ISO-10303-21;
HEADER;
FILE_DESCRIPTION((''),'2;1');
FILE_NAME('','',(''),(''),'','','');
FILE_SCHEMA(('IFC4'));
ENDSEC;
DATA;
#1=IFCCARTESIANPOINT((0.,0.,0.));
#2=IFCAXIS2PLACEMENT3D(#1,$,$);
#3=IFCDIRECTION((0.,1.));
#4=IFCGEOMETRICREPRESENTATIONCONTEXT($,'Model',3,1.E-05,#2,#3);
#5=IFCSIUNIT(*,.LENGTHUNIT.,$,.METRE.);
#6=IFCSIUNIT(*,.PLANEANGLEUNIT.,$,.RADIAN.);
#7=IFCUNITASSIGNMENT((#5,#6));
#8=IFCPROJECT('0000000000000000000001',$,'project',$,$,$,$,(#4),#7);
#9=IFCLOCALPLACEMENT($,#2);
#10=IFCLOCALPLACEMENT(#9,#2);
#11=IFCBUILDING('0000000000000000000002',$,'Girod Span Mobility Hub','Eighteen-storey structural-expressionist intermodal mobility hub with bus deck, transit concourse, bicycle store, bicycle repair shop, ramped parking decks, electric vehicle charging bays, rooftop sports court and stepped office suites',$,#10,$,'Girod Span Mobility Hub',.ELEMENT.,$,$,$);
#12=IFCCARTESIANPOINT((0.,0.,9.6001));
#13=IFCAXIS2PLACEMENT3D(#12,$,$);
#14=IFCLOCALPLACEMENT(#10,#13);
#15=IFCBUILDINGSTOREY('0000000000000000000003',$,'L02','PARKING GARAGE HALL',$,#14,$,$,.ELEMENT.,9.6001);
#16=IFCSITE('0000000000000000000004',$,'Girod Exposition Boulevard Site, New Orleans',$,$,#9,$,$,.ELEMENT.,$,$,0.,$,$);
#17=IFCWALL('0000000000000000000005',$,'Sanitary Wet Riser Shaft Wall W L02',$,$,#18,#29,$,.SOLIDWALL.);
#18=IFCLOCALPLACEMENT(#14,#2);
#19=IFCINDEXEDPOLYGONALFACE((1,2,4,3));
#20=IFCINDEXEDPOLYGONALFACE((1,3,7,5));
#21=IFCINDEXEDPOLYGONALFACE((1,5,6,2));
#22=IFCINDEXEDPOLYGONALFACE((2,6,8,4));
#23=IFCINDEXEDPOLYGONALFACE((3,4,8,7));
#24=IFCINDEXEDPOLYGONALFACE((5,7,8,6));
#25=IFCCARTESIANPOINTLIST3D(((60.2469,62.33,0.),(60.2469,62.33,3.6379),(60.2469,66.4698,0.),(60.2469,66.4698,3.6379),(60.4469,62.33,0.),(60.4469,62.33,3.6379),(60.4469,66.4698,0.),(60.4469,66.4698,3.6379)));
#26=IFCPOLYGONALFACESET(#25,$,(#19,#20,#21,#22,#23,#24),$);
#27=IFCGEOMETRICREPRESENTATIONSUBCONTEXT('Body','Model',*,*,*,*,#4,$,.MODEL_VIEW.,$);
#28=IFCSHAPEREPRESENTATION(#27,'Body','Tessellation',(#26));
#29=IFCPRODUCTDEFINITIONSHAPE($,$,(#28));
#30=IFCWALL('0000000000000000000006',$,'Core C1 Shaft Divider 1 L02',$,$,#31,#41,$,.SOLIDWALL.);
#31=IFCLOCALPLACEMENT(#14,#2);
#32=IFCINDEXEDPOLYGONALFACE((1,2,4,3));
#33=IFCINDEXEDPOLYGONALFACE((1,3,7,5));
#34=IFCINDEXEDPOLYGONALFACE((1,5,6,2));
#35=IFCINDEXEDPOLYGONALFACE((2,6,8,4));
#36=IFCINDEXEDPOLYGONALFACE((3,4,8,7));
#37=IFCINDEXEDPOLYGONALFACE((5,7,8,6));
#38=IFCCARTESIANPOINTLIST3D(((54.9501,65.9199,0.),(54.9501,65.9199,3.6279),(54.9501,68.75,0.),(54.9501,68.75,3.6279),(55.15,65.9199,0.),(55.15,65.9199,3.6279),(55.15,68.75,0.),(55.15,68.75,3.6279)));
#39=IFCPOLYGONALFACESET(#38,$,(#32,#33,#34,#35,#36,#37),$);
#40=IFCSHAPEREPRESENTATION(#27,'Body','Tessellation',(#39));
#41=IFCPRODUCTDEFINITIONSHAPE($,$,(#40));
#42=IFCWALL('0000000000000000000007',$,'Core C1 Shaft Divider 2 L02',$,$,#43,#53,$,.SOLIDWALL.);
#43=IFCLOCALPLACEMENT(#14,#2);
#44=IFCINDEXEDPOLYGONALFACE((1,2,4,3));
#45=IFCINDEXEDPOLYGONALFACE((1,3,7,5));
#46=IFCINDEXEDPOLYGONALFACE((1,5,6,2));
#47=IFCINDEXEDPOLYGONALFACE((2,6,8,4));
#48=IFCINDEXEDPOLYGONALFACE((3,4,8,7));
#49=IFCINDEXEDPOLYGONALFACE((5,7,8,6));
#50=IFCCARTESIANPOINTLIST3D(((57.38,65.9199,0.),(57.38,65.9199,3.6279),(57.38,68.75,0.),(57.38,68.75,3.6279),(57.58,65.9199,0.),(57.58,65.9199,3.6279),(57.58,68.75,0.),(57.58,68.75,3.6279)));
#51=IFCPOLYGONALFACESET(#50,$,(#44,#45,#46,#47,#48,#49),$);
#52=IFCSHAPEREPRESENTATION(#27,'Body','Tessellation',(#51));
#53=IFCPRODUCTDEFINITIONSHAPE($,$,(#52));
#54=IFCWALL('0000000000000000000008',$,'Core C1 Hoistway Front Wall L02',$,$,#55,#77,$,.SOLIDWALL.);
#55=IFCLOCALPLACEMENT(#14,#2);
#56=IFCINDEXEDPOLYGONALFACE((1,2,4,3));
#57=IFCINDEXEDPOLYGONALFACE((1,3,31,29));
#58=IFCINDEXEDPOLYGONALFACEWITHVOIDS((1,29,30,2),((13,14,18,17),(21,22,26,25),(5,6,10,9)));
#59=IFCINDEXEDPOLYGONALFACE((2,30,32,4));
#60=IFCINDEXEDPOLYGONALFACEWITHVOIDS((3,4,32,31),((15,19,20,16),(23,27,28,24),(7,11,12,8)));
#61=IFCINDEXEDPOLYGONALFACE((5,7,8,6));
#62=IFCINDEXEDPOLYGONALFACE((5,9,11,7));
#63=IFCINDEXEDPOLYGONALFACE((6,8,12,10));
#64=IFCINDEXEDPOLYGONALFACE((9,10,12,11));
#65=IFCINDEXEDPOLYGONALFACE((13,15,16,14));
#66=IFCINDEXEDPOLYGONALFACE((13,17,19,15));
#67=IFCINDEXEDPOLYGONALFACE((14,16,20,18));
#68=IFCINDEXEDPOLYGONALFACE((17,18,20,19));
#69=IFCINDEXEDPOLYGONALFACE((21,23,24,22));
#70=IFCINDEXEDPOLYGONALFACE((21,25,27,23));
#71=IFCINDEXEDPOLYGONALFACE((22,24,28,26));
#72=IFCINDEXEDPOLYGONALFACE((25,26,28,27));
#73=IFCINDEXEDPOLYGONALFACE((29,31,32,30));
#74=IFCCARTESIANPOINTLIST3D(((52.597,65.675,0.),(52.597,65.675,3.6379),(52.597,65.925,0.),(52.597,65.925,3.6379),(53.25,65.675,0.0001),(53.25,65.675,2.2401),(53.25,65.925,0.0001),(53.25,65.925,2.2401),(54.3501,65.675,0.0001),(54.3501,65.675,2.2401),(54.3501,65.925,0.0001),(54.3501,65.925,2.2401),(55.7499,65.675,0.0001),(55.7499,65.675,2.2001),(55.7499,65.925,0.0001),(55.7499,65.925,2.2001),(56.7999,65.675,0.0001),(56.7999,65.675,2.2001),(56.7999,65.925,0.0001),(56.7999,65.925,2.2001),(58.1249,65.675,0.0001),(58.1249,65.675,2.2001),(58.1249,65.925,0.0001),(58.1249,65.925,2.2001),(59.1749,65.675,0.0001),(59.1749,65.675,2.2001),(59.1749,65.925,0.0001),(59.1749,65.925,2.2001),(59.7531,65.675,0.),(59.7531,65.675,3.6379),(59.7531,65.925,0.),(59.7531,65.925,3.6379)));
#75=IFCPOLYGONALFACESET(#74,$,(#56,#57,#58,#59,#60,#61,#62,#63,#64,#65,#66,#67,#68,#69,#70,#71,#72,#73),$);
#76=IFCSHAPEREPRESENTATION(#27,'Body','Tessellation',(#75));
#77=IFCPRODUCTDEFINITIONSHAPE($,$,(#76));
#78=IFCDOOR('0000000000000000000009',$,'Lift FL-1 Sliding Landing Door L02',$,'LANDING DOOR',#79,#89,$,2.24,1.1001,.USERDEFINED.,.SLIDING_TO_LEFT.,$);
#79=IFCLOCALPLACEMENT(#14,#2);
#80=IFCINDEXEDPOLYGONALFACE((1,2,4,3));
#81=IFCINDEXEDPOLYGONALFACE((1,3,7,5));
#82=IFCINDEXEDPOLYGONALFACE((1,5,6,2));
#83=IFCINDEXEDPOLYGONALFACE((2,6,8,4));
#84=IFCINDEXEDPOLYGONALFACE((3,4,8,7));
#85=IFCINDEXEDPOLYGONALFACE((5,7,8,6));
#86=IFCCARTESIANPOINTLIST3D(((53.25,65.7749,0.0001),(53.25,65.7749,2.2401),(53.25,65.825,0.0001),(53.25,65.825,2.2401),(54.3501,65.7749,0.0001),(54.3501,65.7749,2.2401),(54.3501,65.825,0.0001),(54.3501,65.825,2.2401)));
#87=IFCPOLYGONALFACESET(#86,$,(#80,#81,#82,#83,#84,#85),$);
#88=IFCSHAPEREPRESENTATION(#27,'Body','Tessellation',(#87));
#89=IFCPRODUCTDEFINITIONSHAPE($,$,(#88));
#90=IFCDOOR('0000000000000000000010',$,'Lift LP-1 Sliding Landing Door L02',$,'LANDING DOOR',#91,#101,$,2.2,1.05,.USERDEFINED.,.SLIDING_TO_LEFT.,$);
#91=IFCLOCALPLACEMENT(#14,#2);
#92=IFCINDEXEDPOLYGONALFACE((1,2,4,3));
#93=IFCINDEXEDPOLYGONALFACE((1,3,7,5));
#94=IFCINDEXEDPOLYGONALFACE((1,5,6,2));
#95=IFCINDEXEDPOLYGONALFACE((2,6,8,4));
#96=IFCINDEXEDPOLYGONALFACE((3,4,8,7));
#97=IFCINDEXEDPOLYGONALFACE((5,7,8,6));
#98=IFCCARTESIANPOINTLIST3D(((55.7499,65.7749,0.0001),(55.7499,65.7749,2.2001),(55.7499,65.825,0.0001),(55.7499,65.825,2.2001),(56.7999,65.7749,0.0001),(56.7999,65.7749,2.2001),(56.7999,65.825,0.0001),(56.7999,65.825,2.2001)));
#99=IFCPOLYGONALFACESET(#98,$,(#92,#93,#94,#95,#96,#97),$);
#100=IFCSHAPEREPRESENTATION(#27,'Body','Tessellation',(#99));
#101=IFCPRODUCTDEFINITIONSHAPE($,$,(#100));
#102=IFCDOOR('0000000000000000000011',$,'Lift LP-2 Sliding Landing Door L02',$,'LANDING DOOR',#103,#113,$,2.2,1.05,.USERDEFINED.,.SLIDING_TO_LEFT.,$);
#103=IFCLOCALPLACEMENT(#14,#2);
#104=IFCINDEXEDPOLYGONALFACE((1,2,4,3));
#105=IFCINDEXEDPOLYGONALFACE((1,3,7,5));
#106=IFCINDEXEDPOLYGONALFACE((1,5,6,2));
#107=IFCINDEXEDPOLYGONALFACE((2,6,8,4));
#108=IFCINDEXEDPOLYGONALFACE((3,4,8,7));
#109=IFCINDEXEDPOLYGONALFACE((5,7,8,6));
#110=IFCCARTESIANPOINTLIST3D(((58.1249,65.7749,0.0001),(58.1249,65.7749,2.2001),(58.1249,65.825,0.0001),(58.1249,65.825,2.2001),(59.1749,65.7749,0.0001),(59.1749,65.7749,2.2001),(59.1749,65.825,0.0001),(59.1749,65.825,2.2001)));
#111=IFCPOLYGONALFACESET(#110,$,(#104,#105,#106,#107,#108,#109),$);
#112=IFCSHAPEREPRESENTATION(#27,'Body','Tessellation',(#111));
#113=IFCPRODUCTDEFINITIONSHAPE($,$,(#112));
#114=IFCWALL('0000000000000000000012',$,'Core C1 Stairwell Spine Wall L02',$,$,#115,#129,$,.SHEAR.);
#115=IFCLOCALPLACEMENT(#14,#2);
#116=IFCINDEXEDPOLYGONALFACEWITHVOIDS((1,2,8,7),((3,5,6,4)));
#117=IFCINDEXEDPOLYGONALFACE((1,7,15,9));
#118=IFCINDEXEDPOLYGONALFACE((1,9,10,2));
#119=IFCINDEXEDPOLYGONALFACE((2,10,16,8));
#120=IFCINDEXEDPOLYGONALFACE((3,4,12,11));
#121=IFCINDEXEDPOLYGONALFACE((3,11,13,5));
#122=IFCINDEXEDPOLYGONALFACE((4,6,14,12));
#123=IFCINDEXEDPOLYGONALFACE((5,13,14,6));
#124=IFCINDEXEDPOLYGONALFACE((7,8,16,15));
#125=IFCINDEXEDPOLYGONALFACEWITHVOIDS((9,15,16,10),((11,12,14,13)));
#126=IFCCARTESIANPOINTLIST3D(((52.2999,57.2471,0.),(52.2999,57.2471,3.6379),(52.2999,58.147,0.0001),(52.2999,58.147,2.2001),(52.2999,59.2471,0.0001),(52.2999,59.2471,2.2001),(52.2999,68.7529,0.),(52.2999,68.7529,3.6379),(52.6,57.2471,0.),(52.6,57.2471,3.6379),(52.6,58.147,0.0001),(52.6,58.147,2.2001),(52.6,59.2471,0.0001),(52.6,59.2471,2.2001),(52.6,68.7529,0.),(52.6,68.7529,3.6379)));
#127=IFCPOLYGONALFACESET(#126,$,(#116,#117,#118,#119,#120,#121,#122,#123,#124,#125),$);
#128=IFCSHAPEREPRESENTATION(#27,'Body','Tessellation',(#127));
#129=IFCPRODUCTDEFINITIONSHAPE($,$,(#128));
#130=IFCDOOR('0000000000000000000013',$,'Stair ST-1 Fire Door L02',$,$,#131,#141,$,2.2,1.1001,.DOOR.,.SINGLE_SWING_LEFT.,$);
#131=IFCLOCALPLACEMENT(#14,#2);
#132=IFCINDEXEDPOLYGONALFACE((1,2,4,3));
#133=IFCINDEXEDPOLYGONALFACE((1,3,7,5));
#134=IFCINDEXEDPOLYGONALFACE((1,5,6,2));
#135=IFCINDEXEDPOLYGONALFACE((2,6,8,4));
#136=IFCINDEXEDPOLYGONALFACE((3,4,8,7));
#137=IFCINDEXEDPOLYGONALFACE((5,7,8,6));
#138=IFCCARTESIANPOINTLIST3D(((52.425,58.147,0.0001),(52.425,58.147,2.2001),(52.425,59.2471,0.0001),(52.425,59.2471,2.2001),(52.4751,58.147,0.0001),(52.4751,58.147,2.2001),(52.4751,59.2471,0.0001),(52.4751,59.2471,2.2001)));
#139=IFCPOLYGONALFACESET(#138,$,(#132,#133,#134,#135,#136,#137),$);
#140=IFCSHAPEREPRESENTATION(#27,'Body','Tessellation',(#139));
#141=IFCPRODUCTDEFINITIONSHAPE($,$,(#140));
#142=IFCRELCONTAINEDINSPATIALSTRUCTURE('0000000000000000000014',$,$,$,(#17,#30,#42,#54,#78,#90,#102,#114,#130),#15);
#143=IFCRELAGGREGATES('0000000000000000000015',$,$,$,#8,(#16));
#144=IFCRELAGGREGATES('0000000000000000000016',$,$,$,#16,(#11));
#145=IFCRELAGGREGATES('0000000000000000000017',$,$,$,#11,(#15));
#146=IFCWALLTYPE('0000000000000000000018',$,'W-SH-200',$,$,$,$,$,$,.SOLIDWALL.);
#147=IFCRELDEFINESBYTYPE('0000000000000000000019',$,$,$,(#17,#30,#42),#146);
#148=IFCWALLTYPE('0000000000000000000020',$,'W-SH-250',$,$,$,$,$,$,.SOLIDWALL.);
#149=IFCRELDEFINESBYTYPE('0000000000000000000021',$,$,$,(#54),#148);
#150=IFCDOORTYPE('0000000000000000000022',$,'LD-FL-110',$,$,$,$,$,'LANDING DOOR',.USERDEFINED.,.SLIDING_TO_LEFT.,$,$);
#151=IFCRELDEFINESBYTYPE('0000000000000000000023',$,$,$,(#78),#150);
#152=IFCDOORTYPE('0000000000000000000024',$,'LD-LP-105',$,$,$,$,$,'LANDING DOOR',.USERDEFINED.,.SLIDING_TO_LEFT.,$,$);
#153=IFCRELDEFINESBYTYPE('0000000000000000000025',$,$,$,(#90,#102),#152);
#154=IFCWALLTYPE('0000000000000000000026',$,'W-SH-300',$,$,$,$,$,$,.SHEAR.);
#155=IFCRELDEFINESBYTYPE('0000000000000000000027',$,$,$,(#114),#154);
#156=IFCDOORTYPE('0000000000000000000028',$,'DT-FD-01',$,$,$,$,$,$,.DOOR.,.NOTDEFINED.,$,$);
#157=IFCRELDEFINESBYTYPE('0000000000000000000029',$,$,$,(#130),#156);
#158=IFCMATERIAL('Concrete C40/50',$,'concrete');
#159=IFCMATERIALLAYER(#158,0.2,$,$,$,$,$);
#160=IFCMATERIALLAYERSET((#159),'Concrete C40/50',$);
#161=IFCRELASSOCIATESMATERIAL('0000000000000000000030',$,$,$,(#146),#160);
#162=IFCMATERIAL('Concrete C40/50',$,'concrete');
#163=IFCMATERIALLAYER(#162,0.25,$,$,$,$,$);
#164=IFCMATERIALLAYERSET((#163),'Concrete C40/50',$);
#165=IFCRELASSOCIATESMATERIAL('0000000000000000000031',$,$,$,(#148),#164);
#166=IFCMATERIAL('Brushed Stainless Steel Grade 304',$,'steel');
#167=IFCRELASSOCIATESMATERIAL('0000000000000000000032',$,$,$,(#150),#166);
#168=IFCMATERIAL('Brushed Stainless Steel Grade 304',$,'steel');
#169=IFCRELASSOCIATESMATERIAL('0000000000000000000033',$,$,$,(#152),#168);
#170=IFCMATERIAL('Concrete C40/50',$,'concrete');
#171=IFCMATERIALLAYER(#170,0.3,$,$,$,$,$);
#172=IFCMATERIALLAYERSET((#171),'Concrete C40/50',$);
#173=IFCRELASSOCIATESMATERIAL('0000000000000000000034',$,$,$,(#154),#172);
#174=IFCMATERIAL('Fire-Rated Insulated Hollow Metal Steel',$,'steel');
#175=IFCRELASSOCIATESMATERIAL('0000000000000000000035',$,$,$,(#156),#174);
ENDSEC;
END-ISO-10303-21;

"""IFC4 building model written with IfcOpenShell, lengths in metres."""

from ifc_helpers import new_model, si_unit, direction, frame, frame_2d, origin, place, context, subcontext, project, spatial, rectangle, extrude, material, layer, layer_set, type_object, element, fill, save


model = new_model("IFC4")

# Units and contexts
model_context = context("Model", 3, precision=1e-05, world=origin(), true_north=direction((0.0, 1.0)))
body_context = subcontext(model_context, "Body", "Model", "MODEL_VIEW")
ifc_project = project(units=[si_unit("LENGTHUNIT", "METRE"), si_unit("PLANEANGLEUNIT", "RADIAN")], contexts=[model_context])

# Site, building, storey
site_placement = place(None, origin())
site = spatial("IfcSite", under=ifc_project, at=site_placement, Name="Girod Exposition Boulevard Site, New Orleans", CompositionType="ELEMENT", RefElevation=0.0)
building_placement = place(site_placement, origin())
building = spatial("IfcBuilding", under=site, at=building_placement, Name="Girod Span Mobility Hub", Description="Eighteen-storey structural-expressionist intermodal mobility hub with bus deck, transit concourse, bicycle store, bicycle repair shop, ramped parking decks, electric vehicle charging bays, rooftop sports court and stepped office suites", LongName="Girod Span Mobility Hub", CompositionType="ELEMENT")
storey_placement = place(building_placement, frame((0.0, 0.0, 9.6001)))
storey = spatial("IfcBuildingStorey", under=building, at=storey_placement, Name="L02", Description="PARKING GARAGE HALL", CompositionType="ELEMENT", Elevation=9.6001)

# Walls
ifc_material_1 = material(Name="Concrete C40/50", Category="concrete")
ifc_layer_1 = layer(ifc_material_1, 0.2)
ifc_layer_set_1 = layer_set([ifc_layer_1], Name="Concrete C40/50")
wall_type_1 = type_object("IfcWallType", Name="W-SH-200", PredefinedType="SOLIDWALL", material=ifc_layer_set_1)
wall_1_placement = place(storey_placement, frame((60.3469, 62.3301, 0.0), z_axis=(0.0, 0.0, 1.0), x_axis=(0.0, 1.0, 0.0)))
element("IfcWall", 1, at=wall_1_placement, inside=storey, type_object=wall_type_1, Name="Sanitary Wet Riser Shaft Wall W L02", PredefinedType="SOLIDWALL", context=body_context, shape_type="SweptSolid", body=[
    extrude(rectangle(XDim=4.1399, YDim=0.2, at=frame_2d((2.0698, 0.0))), origin(), (0.0, 0.0, 1.0), 3.6379),
])
for number, where, z_axis, x_axis, name in (
    (2, (55.05, 65.9199, 0.0), (0.0, 0.0, 1.0), (0.0, 1.0, 0.0), "Core C1 Shaft Divider 1 L02"),
    (3, (57.48, 65.9199, 0.0), (0.0, 0.0, 1.0), (0.0, 1.0, 0.0), "Core C1 Shaft Divider 2 L02"),
):
    element("IfcWall", number, at=place(storey_placement, frame(where, z_axis=z_axis, x_axis=x_axis)), inside=storey, type_object=wall_type_1, Name=name, PredefinedType="SOLIDWALL", context=body_context, shape_type="SweptSolid", body=[
        extrude(rectangle(XDim=2.8301, YDim=0.2, at=frame_2d((1.415, 0.0))), origin(), (0.0, 0.0, 1.0), 3.6279),
    ])

# Wall, openings, doors
ifc_material_2 = material(Name="Concrete C40/50", Category="concrete")
ifc_layer_2 = layer(ifc_material_2, 0.25)
ifc_layer_set_2 = layer_set([ifc_layer_2], Name="Concrete C40/50")
wall_type_2 = type_object("IfcWallType", Name="W-SH-250", PredefinedType="SOLIDWALL", material=ifc_layer_set_2)
wall_2_placement = place(storey_placement, frame((52.5969, 65.8, 0.0), z_axis=(0.0, 0.0, 1.0), x_axis=(1.0, 0.0, 0.0)))
wall_2 = element("IfcWall", 4, at=wall_2_placement, inside=storey, type_object=wall_type_2, Name="Core C1 Hoistway Front Wall L02", PredefinedType="SOLIDWALL", context=body_context, shape_type="SweptSolid", body=[
    extrude(rectangle(XDim=7.156, YDim=0.25, at=frame_2d((3.5781, 0.0))), origin(), (0.0, 0.0, 1.0), 3.6379),
])
opening_1_placement = place(wall_2_placement, frame((0.6531, 0.0, 0.0)))
opening_1 = element("IfcOpeningElement", 5, at=opening_1_placement, cuts=wall_2, PredefinedType="OPENING", context=body_context, shape_type="SweptSolid", body=[
    extrude(rectangle(XDim=1.1001, YDim=2.24, at=frame_2d((0.55, 1.1201))), frame((0.0, 0.1399, 0.0), z_axis=(0.0, -1.0, 0.0), x_axis=(1.0, 0.0, 0.0)), (0.0, 0.0, 1.0), 0.28),
])
opening_2_placement = place(wall_2_placement, frame((3.1531, 0.0, 0.0)))
opening_2 = element("IfcOpeningElement", 6, at=opening_2_placement, cuts=wall_2, PredefinedType="OPENING", context=body_context, shape_type="SweptSolid", body=[
    extrude(rectangle(XDim=1.05, YDim=2.2, at=frame_2d((0.5249, 1.1001))), frame((0.0, 0.1399, 0.0), z_axis=(0.0, -1.0, 0.0), x_axis=(1.0, 0.0, 0.0)), (0.0, 0.0, 1.0), 0.28),
])
opening_3_placement = place(wall_2_placement, frame((5.5281, 0.0, 0.0)))
opening_3 = element("IfcOpeningElement", 7, at=opening_3_placement, cuts=wall_2, PredefinedType="OPENING", context=body_context, shape_type="SweptSolid", body=[
    extrude(rectangle(XDim=1.05, YDim=2.2, at=frame_2d((0.5249, 1.1001))), frame((0.0, 0.1399, 0.0), z_axis=(0.0, -1.0, 0.0), x_axis=(1.0, 0.0, 0.0)), (0.0, 0.0, 1.0), 0.28),
])
ifc_material_3 = material(Name="Brushed Stainless Steel Grade 304", Category="steel")
door_type_1 = type_object("IfcDoorType", Name="LD-FL-110", ElementType="LANDING DOOR", OperationType="SLIDING_TO_LEFT", PredefinedType="USERDEFINED", material=ifc_material_3)
door_1_placement = place(opening_1_placement, origin())
door_1 = element("IfcDoor", 8, at=door_1_placement, inside=storey, type_object=door_type_1, Name="Lift FL-1 Sliding Landing Door L02", ObjectType="LANDING DOOR", OperationType="SLIDING_TO_LEFT", OverallHeight=2.24, OverallWidth=1.1001, PredefinedType="USERDEFINED", context=body_context, shape_type="SweptSolid", body=[
    extrude(rectangle(XDim=1.1001, YDim=2.24, at=frame_2d((0.55, 1.1201))), frame((0.0, 0.0249, 0.0), z_axis=(0.0, -1.0, 0.0), x_axis=(1.0, 0.0, 0.0)), (0.0, 0.0, 1.0), 0.05),
])
fill(opening_1, door_1)
ifc_material_4 = material(Name="Brushed Stainless Steel Grade 304", Category="steel")
door_type_2 = type_object("IfcDoorType", Name="LD-LP-105", ElementType="LANDING DOOR", OperationType="SLIDING_TO_LEFT", PredefinedType="USERDEFINED", material=ifc_material_4)
door_2_placement = place(opening_2_placement, origin())
door_2 = element("IfcDoor", 9, at=door_2_placement, inside=storey, type_object=door_type_2, Name="Lift LP-1 Sliding Landing Door L02", ObjectType="LANDING DOOR", OperationType="SLIDING_TO_LEFT", OverallHeight=2.2, OverallWidth=1.05, PredefinedType="USERDEFINED", context=body_context, shape_type="SweptSolid", body=[
    extrude(rectangle(XDim=1.05, YDim=2.2, at=frame_2d((0.5249, 1.1001))), frame((0.0, 0.0249, 0.0), z_axis=(0.0, -1.0, 0.0), x_axis=(1.0, 0.0, 0.0)), (0.0, 0.0, 1.0), 0.05),
])
fill(opening_2, door_2)
door_3_placement = place(opening_3_placement, origin())
door_3 = element("IfcDoor", 10, at=door_3_placement, inside=storey, type_object=door_type_2, Name="Lift LP-2 Sliding Landing Door L02", ObjectType="LANDING DOOR", OperationType="SLIDING_TO_LEFT", OverallHeight=2.2, OverallWidth=1.05, PredefinedType="USERDEFINED", context=body_context, shape_type="SweptSolid", body=[
    extrude(rectangle(XDim=1.05, YDim=2.2, at=frame_2d((0.5249, 1.1001))), frame((0.0, 0.0249, 0.0), z_axis=(0.0, -1.0, 0.0), x_axis=(1.0, 0.0, 0.0)), (0.0, 0.0, 1.0), 0.05),
])
fill(opening_3, door_3)

# Wall, opening, door
ifc_material_5 = material(Name="Concrete C40/50", Category="concrete")
ifc_layer_3 = layer(ifc_material_5, 0.3)
ifc_layer_set_3 = layer_set([ifc_layer_3], Name="Concrete C40/50")
wall_type_3 = type_object("IfcWallType", Name="W-SH-300", PredefinedType="SHEAR", material=ifc_layer_set_3)
wall_3_placement = place(storey_placement, frame((52.45, 57.2471, 0.0), z_axis=(0.0, 0.0, 1.0), x_axis=(0.0, 1.0, 0.0)))
wall_3 = element("IfcWall", 11, at=wall_3_placement, inside=storey, type_object=wall_type_3, Name="Core C1 Stairwell Spine Wall L02", PredefinedType="SHEAR", context=body_context, shape_type="SweptSolid", body=[
    extrude(rectangle(XDim=11.5059, YDim=0.3, at=frame_2d((5.7529, 0.0))), origin(), (0.0, 0.0, 1.0), 3.6379),
])
opening_4_placement = place(wall_3_placement, frame((0.8999, 0.0, 0.0)))
opening_4 = element("IfcOpeningElement", 12, at=opening_4_placement, cuts=wall_3, PredefinedType="OPENING", context=body_context, shape_type="SweptSolid", body=[
    extrude(rectangle(XDim=1.1001, YDim=2.2, at=frame_2d((0.55, 1.1001))), frame((0.0, 0.165, 0.0), z_axis=(0.0, -1.0, 0.0), x_axis=(1.0, 0.0, 0.0)), (0.0, 0.0, 1.0), 0.3301),
])
ifc_material_6 = material(Name="Fire-Rated Insulated Hollow Metal Steel", Category="steel")
door_type_3 = type_object("IfcDoorType", Name="DT-FD-01", OperationType="NOTDEFINED", PredefinedType="DOOR", material=ifc_material_6)
door_4_placement = place(opening_4_placement, origin())
door_4 = element("IfcDoor", 13, at=door_4_placement, inside=storey, type_object=door_type_3, Name="Stair ST-1 Fire Door L02", OperationType="SINGLE_SWING_LEFT", OverallHeight=2.2, OverallWidth=1.1001, PredefinedType="DOOR", context=body_context, shape_type="SweptSolid", body=[
    extrude(rectangle(XDim=1.1001, YDim=2.2, at=frame_2d((0.55, 1.1001))), frame((0.0, 0.0249, 0.0), z_axis=(0.0, -1.0, 0.0), x_axis=(1.0, 0.0, 0.0)), (0.0, 0.0, 1.0), 0.05),
])
fill(opening_4, door_4)

save(model, "model.ifc")
